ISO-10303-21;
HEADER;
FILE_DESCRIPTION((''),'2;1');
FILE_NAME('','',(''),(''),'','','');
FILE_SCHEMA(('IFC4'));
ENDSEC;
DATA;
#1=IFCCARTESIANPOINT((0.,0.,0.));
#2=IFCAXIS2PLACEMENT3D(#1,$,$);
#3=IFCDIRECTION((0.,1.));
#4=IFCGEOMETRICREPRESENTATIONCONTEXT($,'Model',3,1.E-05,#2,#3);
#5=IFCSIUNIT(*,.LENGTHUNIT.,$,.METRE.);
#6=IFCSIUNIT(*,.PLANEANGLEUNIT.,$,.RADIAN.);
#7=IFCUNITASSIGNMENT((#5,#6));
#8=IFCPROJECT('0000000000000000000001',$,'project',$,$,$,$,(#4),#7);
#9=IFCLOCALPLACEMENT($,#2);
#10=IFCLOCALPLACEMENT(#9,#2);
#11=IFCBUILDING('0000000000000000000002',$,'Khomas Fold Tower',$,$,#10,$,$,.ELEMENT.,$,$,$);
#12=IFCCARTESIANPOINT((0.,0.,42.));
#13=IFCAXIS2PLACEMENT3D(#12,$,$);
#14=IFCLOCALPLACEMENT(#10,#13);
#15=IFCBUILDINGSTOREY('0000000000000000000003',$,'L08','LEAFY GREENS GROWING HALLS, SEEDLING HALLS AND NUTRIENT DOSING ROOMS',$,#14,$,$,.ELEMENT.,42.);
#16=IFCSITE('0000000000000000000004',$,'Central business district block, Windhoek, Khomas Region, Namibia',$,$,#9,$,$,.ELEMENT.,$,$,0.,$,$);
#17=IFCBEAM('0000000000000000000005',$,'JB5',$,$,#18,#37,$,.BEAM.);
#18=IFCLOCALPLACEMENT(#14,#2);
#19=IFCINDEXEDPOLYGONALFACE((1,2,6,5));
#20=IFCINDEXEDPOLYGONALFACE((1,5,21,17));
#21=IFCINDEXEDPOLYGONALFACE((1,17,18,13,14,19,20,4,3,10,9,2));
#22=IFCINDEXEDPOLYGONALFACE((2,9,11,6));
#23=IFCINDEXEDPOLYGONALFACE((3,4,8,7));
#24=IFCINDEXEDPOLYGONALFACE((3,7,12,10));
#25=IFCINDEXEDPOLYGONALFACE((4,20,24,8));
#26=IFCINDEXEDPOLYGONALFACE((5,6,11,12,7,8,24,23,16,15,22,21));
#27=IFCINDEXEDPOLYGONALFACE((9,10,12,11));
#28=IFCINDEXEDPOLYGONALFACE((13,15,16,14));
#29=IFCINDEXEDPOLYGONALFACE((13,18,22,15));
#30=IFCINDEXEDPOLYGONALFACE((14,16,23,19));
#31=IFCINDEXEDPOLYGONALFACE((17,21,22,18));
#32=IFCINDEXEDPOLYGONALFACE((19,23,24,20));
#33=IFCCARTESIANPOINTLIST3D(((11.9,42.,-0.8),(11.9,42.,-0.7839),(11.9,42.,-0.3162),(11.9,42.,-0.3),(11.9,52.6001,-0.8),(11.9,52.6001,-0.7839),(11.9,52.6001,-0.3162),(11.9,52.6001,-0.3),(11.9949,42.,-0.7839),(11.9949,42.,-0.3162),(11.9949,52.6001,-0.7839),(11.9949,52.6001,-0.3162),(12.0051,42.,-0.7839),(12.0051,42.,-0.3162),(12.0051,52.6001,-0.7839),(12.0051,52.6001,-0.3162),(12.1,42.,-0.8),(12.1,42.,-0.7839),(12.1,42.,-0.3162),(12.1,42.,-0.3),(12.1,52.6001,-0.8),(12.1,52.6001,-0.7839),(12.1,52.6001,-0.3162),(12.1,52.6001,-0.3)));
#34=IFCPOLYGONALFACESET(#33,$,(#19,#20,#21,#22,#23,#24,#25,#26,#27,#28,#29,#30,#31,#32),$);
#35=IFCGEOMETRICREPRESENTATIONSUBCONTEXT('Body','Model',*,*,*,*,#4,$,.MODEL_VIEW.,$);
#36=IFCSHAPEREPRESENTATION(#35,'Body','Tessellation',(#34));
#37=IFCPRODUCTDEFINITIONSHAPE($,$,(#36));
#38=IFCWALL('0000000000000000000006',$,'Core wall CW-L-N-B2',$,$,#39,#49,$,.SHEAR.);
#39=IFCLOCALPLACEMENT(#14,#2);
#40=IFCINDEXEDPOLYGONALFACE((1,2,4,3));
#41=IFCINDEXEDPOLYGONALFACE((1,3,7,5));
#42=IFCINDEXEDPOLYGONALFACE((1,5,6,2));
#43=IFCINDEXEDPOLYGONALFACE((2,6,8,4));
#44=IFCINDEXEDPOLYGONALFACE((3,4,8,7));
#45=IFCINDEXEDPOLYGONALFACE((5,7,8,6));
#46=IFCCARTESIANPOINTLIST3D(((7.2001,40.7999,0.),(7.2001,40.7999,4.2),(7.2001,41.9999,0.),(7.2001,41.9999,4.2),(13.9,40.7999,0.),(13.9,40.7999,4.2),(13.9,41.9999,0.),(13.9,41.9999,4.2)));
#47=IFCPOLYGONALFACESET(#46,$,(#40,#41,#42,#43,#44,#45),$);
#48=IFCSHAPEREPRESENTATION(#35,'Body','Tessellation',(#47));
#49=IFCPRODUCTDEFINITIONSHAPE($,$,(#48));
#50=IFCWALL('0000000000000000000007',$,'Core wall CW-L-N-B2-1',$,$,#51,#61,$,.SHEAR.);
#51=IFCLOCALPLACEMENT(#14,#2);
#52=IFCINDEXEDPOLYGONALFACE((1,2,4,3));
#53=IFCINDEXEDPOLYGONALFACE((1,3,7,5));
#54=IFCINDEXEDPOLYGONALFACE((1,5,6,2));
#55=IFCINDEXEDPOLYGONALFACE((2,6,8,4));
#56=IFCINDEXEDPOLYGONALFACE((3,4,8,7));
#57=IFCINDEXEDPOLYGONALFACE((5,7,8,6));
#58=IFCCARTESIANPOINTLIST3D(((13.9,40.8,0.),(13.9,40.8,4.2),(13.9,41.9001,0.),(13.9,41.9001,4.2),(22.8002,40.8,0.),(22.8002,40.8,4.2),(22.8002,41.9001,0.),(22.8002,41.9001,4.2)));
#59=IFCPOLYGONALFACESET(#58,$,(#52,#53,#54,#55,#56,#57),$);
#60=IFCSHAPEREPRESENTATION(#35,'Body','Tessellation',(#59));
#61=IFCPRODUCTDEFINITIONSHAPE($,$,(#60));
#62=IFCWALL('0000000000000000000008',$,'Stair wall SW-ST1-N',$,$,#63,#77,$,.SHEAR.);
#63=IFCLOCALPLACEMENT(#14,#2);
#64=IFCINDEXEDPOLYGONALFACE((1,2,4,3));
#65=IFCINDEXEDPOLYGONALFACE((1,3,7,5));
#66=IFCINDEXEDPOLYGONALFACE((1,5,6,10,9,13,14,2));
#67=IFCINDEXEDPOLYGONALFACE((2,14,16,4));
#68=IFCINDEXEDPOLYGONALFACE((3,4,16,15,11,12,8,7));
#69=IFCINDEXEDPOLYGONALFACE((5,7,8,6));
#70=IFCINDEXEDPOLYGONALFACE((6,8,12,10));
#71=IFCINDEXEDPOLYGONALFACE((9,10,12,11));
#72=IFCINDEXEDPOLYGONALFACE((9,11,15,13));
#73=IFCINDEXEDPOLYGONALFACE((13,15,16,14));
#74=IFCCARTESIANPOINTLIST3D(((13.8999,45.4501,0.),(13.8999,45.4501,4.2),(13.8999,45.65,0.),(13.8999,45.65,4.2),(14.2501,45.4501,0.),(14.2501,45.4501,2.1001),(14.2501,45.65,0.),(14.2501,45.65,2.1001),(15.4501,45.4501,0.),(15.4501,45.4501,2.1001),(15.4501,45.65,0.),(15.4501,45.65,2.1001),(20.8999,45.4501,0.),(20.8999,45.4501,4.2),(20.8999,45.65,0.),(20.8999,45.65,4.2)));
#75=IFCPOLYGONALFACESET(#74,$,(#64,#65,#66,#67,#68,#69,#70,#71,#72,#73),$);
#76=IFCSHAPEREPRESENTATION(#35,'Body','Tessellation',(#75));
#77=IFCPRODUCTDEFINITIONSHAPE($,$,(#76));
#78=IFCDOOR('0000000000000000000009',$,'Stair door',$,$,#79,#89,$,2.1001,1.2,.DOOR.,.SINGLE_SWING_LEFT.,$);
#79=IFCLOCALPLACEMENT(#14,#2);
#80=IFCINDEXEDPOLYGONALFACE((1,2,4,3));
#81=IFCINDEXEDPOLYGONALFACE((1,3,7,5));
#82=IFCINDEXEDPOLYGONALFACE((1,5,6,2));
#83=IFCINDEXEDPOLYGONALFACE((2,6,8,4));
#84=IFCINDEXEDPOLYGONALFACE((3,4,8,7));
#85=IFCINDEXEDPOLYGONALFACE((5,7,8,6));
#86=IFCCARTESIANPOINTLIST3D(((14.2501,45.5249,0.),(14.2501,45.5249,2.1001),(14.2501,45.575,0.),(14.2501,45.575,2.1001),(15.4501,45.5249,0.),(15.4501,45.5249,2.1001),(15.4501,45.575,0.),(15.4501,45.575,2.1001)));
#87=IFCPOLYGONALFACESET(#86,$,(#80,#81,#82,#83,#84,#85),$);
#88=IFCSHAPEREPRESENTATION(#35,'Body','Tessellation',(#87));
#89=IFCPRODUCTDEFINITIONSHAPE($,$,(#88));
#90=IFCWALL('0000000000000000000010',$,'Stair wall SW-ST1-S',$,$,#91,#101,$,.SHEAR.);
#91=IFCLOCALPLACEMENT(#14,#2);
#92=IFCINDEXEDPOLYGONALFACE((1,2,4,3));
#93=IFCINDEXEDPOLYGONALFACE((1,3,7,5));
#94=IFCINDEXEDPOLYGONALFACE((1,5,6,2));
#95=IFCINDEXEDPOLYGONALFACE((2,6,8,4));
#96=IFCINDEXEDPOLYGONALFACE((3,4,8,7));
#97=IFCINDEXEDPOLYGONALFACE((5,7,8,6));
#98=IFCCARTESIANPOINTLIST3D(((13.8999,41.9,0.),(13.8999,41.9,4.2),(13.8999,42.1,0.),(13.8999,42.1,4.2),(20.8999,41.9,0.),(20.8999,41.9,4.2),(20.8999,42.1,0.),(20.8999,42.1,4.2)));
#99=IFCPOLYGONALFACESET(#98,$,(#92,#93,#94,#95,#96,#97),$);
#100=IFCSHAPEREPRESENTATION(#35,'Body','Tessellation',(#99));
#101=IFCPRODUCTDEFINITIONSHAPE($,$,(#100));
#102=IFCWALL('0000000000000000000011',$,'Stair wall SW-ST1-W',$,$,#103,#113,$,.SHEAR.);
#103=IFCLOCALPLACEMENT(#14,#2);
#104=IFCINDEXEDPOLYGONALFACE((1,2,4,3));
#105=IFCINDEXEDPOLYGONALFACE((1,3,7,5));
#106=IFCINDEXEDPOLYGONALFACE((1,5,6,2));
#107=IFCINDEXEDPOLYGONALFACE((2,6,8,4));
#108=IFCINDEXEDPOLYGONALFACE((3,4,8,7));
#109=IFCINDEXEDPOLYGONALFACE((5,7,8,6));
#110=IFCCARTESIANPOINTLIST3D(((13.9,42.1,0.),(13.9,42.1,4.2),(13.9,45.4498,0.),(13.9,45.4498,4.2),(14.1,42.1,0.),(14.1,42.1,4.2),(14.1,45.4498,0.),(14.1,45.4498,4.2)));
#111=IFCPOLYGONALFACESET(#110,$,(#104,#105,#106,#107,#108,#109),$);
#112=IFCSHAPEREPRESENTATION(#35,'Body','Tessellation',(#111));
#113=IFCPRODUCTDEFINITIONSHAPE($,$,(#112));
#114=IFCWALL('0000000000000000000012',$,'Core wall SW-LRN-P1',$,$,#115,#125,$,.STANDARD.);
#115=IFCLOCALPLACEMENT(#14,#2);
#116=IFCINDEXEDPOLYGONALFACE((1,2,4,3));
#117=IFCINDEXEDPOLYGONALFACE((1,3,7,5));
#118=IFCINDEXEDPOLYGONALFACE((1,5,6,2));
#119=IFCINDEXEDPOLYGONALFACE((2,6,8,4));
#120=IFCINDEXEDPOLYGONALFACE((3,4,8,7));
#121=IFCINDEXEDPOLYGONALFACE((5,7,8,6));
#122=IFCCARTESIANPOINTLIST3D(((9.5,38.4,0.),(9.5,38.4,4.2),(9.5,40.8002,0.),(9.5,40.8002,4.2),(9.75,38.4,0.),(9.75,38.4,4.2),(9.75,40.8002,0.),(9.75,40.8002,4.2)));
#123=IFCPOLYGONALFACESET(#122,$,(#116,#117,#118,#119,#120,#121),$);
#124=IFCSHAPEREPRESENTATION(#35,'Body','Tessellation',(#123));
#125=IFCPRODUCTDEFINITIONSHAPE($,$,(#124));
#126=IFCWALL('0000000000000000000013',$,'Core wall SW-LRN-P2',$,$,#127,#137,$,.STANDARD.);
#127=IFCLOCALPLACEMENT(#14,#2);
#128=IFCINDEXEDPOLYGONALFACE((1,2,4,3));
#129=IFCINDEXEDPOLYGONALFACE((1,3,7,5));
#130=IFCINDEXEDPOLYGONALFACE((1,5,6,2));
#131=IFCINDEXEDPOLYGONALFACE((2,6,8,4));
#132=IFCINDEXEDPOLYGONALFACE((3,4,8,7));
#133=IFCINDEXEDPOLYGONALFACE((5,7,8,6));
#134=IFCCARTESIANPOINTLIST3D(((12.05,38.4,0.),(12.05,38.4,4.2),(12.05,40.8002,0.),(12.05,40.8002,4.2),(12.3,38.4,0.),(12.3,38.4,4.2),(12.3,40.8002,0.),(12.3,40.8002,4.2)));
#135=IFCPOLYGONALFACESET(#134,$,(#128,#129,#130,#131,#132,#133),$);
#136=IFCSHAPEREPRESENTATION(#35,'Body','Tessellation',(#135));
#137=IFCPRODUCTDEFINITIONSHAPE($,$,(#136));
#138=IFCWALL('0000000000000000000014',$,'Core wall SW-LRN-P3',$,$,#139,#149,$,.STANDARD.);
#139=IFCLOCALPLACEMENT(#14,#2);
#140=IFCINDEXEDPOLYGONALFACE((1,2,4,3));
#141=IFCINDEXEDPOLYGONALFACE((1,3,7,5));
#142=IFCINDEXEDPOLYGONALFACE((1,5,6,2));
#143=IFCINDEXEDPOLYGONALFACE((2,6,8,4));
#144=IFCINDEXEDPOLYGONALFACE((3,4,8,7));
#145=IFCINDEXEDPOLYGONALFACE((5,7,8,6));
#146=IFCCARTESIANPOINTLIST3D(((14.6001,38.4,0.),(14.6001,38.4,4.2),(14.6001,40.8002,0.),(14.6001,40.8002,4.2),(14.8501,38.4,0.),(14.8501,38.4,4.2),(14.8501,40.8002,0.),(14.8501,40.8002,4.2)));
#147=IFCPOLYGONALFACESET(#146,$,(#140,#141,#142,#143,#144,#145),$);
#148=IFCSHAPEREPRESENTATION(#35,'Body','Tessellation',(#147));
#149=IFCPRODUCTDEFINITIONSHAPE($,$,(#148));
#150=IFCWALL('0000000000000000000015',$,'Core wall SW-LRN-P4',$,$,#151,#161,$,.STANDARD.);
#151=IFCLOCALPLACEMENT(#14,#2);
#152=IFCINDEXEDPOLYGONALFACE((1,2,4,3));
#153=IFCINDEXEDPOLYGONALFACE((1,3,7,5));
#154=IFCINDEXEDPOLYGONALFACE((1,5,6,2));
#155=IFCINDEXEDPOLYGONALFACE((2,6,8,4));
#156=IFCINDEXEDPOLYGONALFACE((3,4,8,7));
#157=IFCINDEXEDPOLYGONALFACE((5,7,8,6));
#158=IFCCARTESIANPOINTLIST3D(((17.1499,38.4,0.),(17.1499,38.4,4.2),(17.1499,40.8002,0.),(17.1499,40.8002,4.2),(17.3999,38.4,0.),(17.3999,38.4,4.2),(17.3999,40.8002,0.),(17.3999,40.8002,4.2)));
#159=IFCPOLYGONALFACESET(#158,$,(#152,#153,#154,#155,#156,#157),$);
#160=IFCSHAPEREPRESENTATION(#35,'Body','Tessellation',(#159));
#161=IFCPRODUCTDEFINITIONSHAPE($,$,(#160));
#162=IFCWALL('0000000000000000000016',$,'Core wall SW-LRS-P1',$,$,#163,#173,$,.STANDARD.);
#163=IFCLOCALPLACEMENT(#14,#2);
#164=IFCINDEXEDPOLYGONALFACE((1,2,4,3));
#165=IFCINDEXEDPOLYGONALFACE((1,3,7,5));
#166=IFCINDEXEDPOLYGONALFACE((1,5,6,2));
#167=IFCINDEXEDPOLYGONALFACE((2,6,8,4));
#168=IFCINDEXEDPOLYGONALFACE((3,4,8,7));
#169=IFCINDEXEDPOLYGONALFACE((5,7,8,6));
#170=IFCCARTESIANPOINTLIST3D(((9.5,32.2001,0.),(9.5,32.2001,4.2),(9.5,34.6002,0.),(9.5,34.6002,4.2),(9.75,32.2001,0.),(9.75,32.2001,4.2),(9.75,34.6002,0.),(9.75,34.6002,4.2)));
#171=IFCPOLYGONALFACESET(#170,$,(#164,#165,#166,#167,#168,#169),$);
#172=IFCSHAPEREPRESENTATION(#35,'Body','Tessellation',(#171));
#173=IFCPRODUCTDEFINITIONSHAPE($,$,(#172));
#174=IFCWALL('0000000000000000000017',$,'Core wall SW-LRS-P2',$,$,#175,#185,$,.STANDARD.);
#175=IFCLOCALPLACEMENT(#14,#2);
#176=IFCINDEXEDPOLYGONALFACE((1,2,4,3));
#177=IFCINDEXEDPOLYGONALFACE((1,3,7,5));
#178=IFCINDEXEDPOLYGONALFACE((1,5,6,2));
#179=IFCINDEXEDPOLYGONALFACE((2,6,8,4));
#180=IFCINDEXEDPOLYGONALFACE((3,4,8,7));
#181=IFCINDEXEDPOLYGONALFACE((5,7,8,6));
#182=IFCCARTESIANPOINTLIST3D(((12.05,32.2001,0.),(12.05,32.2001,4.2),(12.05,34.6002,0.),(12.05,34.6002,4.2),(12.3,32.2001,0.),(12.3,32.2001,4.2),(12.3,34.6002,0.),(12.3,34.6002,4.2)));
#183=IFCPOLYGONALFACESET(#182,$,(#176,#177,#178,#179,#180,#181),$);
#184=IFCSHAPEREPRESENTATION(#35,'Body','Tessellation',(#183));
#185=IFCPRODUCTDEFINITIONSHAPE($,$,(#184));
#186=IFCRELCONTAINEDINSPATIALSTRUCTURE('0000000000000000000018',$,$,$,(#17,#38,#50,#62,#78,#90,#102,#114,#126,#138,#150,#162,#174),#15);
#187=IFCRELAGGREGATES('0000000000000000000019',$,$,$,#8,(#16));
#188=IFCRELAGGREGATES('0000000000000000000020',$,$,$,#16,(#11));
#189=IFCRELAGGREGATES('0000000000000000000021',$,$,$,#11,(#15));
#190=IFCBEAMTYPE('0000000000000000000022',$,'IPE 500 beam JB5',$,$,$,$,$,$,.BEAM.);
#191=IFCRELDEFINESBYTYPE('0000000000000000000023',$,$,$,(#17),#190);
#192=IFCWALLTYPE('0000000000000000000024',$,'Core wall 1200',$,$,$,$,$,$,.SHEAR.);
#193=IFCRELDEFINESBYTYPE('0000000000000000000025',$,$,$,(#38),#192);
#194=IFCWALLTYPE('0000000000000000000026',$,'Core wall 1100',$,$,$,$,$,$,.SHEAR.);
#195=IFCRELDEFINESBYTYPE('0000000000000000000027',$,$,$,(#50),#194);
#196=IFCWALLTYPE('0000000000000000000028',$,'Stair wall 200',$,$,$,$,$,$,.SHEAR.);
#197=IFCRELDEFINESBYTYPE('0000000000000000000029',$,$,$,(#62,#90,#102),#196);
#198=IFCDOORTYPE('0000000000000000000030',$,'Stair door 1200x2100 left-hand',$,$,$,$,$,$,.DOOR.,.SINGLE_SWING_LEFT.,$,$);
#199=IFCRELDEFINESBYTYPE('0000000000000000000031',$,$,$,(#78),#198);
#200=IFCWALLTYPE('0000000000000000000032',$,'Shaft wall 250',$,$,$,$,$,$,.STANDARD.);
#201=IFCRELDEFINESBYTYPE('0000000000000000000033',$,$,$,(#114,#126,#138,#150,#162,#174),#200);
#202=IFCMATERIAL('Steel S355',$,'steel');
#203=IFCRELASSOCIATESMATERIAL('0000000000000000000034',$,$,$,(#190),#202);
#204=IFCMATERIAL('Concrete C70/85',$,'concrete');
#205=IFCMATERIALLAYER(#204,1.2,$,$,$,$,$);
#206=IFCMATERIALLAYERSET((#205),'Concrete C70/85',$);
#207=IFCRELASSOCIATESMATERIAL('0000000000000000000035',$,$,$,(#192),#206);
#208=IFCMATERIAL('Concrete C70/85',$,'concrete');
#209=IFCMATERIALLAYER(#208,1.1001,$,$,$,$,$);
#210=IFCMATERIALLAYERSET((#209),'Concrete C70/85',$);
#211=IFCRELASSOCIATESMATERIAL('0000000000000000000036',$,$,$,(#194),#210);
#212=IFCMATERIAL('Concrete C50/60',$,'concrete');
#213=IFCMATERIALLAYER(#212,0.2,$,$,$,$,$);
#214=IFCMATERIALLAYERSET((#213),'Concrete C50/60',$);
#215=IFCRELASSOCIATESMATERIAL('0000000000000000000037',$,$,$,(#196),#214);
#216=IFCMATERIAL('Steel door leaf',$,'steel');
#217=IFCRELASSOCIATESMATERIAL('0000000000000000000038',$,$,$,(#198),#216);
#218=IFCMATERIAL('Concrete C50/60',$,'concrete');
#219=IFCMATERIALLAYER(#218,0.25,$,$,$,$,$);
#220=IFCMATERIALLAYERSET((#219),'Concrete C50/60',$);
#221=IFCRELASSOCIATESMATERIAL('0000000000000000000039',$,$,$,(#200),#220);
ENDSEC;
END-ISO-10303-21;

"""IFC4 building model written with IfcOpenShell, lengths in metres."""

from ifc_helpers import new_model, si_unit, direction, frame, frame_2d, origin, origin_2d, place, context, subcontext, project, spatial, rectangle, i_section, extrude, source, transform, mapped, material, layer, layer_set, material_profile, profile_set, type_object, element, fill, save


model = new_model("IFC4")

# Units and contexts
model_context = context("Model", 3, precision=1e-05, world=origin(), true_north=direction((0.0, 1.0)))
body_context = subcontext(model_context, "Body", "Model", "MODEL_VIEW")
ifc_project = project(units=[si_unit("LENGTHUNIT", "METRE"), si_unit("PLANEANGLEUNIT", "RADIAN")], contexts=[model_context])

# Site, building, storey
site_placement = place(None, origin())
site = spatial("IfcSite", under=ifc_project, at=site_placement, Name="Central business district block, Windhoek, Khomas Region, Namibia", CompositionType="ELEMENT", RefElevation=0.0)
building_placement = place(site_placement, origin())
building = spatial("IfcBuilding", under=site, at=building_placement, Name="Khomas Fold Tower", CompositionType="ELEMENT")
storey_placement = place(building_placement, frame((0.0, 0.0, 42.0)))
storey = spatial("IfcBuildingStorey", under=building, at=storey_placement, Name="L08", Description="LEAFY GREENS GROWING HALLS, SEEDLING HALLS AND NUTRIENT DOSING ROOMS", CompositionType="ELEMENT", Elevation=42.0)

# Beam
ifc_material_1 = material(Name="Steel S355", Category="steel")
ifc_material_profile = material_profile(ifc_material_1, i_section(OverallWidth=0.2, OverallDepth=0.5, WebThickness=0.0103, FlangeThickness=0.0161, at=origin_2d()), Name="IPE 500")
ifc_profile_set = profile_set([ifc_material_profile], Name="Steel S355")
beam_type = type_object("IfcBeamType", Name="IPE 500 beam JB5", PredefinedType="BEAM", material=ifc_profile_set)
shared_shape_1 = source(origin(), body_context, "Body", "SweptSolid", [
    extrude(i_section(OverallWidth=0.2, OverallDepth=0.5, WebThickness=0.0103, FlangeThickness=0.0161, at=origin_2d()), origin(), (0.0, 0.0, 1.0), 10.6001),
])
beam_placement = place(storey_placement, frame((12.0, 42.0, -0.55), z_axis=(0.0, 1.0, 0.0), x_axis=(-1.0, 0.0, 0.0)))
element("IfcBeam", 1, at=beam_placement, inside=storey, type_object=beam_type, Name="JB5", PredefinedType="BEAM", context=body_context, shape_type="MappedRepresentation", body=[
    mapped(shared_shape_1, transform((0.0, 0.0, 0.0))),
])

# Walls
ifc_material_2 = material(Name="Concrete C70/85", Category="concrete")
ifc_layer_1 = layer(ifc_material_2, 1.2)
ifc_layer_set_1 = layer_set([ifc_layer_1], Name="Concrete C70/85")
wall_type_1 = type_object("IfcWallType", Name="Core wall 1200", PredefinedType="SHEAR", material=ifc_layer_set_1)
shared_shape_2 = source(origin(), body_context, "Body", "SweptSolid", [
    extrude(rectangle(XDim=6.7, YDim=1.2, at=frame_2d((3.3501, 0.0))), origin(), (0.0, 0.0, 1.0), 4.2),
])
wall_1_placement = place(storey_placement, frame((7.2, 41.3999, 0.0), z_axis=(0.0, 0.0, 1.0), x_axis=(1.0, 0.0, 0.0)))
element("IfcWall", 2, at=wall_1_placement, inside=storey, type_object=wall_type_1, Name="Core wall CW-L-N-B2", PredefinedType="SHEAR", context=body_context, shape_type="MappedRepresentation", body=[
    mapped(shared_shape_2, transform((0.0, 0.0, 0.0))),
])
ifc_material_3 = material(Name="Concrete C70/85", Category="concrete")
ifc_layer_2 = layer(ifc_material_3, 1.1001)
ifc_layer_set_2 = layer_set([ifc_layer_2], Name="Concrete C70/85")
wall_type_2 = type_object("IfcWallType", Name="Core wall 1100", PredefinedType="SHEAR", material=ifc_layer_set_2)
shared_shape_3 = source(origin(), body_context, "Body", "SweptSolid", [
    extrude(rectangle(XDim=8.9001, YDim=1.1001, at=frame_2d((4.4502, 0.0))), origin(), (0.0, 0.0, 1.0), 4.2),
])
wall_2_placement = place(storey_placement, frame((13.8999, 41.3501, 0.0), z_axis=(0.0, 0.0, 1.0), x_axis=(1.0, 0.0, 0.0)))
element("IfcWall", 3, at=wall_2_placement, inside=storey, type_object=wall_type_2, Name="Core wall CW-L-N-B2-1", PredefinedType="SHEAR", context=body_context, shape_type="MappedRepresentation", body=[
    mapped(shared_shape_3, transform((0.0, 0.0, 0.0))),
])

# Wall, opening, door
ifc_material_4 = material(Name="Concrete C50/60", Category="concrete")
ifc_layer_3 = layer(ifc_material_4, 0.2)
ifc_layer_set_3 = layer_set([ifc_layer_3], Name="Concrete C50/60")
wall_type_3 = type_object("IfcWallType", Name="Stair wall 200", PredefinedType="SHEAR", material=ifc_layer_set_3)
shared_shape_4 = source(origin(), body_context, "Body", "SweptSolid", [
    extrude(rectangle(XDim=7.0, YDim=0.2, at=frame_2d((3.5, 0.0))), origin(), (0.0, 0.0, 1.0), 4.2),
])
wall_3_placement = place(storey_placement, frame((13.8999, 45.55, 0.0), z_axis=(0.0, 0.0, 1.0), x_axis=(1.0, 0.0, 0.0)))
wall_3 = element("IfcWall", 4, at=wall_3_placement, inside=storey, type_object=wall_type_3, Name="Stair wall SW-ST1-N", PredefinedType="SHEAR", context=body_context, shape_type="MappedRepresentation", body=[
    mapped(shared_shape_4, transform((0.0, 0.0, 0.0))),
])
shared_shape_5 = source(origin(), body_context, "Body", "SweptSolid", [
    extrude(rectangle(XDim=1.2, YDim=2.1001, at=frame_2d((0.6001, 1.05))), frame((0.0, 0.1099, 0.0), z_axis=(0.0, -1.0, 0.0), x_axis=(1.0, 0.0, 0.0)), (0.0, 0.0, 1.0), 0.22),
])
opening_placement = place(wall_3_placement, frame((0.3501, 0.0, 0.0)))
opening = element("IfcOpeningElement", 5, at=opening_placement, cuts=wall_3, PredefinedType="OPENING", context=body_context, shape_type="MappedRepresentation", body=[
    mapped(shared_shape_5, transform((0.0, 0.0, 0.0))),
])
ifc_material_5 = material(Name="Steel door leaf", Category="steel")
door_type = type_object("IfcDoorType", Name="Stair door 1200x2100 left-hand", OperationType="SINGLE_SWING_LEFT", PredefinedType="DOOR", material=ifc_material_5)
shared_shape_6 = source(origin(), body_context, "Body", "SweptSolid", [
    extrude(rectangle(XDim=1.2, YDim=2.1001, at=frame_2d((0.6001, 1.05))), frame((0.0, 0.0249, 0.0), z_axis=(0.0, -1.0, 0.0), x_axis=(1.0, 0.0, 0.0)), (0.0, 0.0, 1.0), 0.05),
])
door_placement = place(opening_placement, origin())
door = element("IfcDoor", 6, at=door_placement, inside=storey, type_object=door_type, Name="Stair door", OperationType="SINGLE_SWING_LEFT", OverallHeight=2.1001, OverallWidth=1.2, PredefinedType="DOOR", context=body_context, shape_type="MappedRepresentation", body=[
    mapped(shared_shape_6, transform((0.0, 0.0, 0.0))),
])
fill(opening, door)

# Walls
wall_4_placement = place(storey_placement, frame((13.8999, 42.0, 0.0), z_axis=(0.0, 0.0, 1.0), x_axis=(1.0, 0.0, 0.0)))
element("IfcWall", 7, at=wall_4_placement, inside=storey, type_object=wall_type_3, Name="Stair wall SW-ST1-S", PredefinedType="SHEAR", context=body_context, shape_type="MappedRepresentation", body=[
    mapped(shared_shape_4, transform((0.0, 0.0, 0.0))),
])
shared_shape_7 = source(origin(), body_context, "Body", "SweptSolid", [
    extrude(rectangle(XDim=3.3499, YDim=0.2, at=frame_2d((1.6748, 0.0))), origin(), (0.0, 0.0, 1.0), 4.2),
])
wall_5_placement = place(storey_placement, frame((14.0, 42.1001, 0.0), z_axis=(0.0, 0.0, 1.0), x_axis=(0.0, 1.0, 0.0)))
element("IfcWall", 8, at=wall_5_placement, inside=storey, type_object=wall_type_3, Name="Stair wall SW-ST1-W", PredefinedType="SHEAR", context=body_context, shape_type="MappedRepresentation", body=[
    mapped(shared_shape_7, transform((0.0, 0.0, 0.0))),
])
ifc_material_6 = material(Name="Concrete C50/60", Category="concrete")
ifc_layer_4 = layer(ifc_material_6, 0.25)
ifc_layer_set_4 = layer_set([ifc_layer_4], Name="Concrete C50/60")
wall_type_4 = type_object("IfcWallType", Name="Shaft wall 250", PredefinedType="STANDARD", material=ifc_layer_set_4)
shared_shape_8 = source(origin(), body_context, "Body", "SweptSolid", [
    extrude(rectangle(XDim=2.4001, YDim=0.25, at=frame_2d((1.2002, 0.0))), origin(), (0.0, 0.0, 1.0), 4.2),
])
for number, where, z_axis, x_axis, name in (
    (9, (9.625, 38.3999, 0.0), (0.0, 0.0, 1.0), (0.0, 1.0, 0.0), "Core wall SW-LRN-P1"),
    (10, (12.175, 38.3999, 0.0), (0.0, 0.0, 1.0), (0.0, 1.0, 0.0), "Core wall SW-LRN-P2"),
    (11, (14.7251, 38.3999, 0.0), (0.0, 0.0, 1.0), (0.0, 1.0, 0.0), "Core wall SW-LRN-P3"),
    (12, (17.2749, 38.3999, 0.0), (0.0, 0.0, 1.0), (0.0, 1.0, 0.0), "Core wall SW-LRN-P4"),
    (13, (9.625, 32.2, 0.0), (0.0, 0.0, 1.0), (0.0, 1.0, 0.0), "Core wall SW-LRS-P1"),
    (14, (12.175, 32.2, 0.0), (0.0, 0.0, 1.0), (0.0, 1.0, 0.0), "Core wall SW-LRS-P2"),
):
    element("IfcWall", number, at=place(storey_placement, frame(where, z_axis=z_axis, x_axis=x_axis)), inside=storey, type_object=wall_type_4, Name=name, PredefinedType="STANDARD", context=body_context, shape_type="MappedRepresentation", body=[
        mapped(shared_shape_8, transform((0.0, 0.0, 0.0))),
    ])

save(model, "model.ifc")
